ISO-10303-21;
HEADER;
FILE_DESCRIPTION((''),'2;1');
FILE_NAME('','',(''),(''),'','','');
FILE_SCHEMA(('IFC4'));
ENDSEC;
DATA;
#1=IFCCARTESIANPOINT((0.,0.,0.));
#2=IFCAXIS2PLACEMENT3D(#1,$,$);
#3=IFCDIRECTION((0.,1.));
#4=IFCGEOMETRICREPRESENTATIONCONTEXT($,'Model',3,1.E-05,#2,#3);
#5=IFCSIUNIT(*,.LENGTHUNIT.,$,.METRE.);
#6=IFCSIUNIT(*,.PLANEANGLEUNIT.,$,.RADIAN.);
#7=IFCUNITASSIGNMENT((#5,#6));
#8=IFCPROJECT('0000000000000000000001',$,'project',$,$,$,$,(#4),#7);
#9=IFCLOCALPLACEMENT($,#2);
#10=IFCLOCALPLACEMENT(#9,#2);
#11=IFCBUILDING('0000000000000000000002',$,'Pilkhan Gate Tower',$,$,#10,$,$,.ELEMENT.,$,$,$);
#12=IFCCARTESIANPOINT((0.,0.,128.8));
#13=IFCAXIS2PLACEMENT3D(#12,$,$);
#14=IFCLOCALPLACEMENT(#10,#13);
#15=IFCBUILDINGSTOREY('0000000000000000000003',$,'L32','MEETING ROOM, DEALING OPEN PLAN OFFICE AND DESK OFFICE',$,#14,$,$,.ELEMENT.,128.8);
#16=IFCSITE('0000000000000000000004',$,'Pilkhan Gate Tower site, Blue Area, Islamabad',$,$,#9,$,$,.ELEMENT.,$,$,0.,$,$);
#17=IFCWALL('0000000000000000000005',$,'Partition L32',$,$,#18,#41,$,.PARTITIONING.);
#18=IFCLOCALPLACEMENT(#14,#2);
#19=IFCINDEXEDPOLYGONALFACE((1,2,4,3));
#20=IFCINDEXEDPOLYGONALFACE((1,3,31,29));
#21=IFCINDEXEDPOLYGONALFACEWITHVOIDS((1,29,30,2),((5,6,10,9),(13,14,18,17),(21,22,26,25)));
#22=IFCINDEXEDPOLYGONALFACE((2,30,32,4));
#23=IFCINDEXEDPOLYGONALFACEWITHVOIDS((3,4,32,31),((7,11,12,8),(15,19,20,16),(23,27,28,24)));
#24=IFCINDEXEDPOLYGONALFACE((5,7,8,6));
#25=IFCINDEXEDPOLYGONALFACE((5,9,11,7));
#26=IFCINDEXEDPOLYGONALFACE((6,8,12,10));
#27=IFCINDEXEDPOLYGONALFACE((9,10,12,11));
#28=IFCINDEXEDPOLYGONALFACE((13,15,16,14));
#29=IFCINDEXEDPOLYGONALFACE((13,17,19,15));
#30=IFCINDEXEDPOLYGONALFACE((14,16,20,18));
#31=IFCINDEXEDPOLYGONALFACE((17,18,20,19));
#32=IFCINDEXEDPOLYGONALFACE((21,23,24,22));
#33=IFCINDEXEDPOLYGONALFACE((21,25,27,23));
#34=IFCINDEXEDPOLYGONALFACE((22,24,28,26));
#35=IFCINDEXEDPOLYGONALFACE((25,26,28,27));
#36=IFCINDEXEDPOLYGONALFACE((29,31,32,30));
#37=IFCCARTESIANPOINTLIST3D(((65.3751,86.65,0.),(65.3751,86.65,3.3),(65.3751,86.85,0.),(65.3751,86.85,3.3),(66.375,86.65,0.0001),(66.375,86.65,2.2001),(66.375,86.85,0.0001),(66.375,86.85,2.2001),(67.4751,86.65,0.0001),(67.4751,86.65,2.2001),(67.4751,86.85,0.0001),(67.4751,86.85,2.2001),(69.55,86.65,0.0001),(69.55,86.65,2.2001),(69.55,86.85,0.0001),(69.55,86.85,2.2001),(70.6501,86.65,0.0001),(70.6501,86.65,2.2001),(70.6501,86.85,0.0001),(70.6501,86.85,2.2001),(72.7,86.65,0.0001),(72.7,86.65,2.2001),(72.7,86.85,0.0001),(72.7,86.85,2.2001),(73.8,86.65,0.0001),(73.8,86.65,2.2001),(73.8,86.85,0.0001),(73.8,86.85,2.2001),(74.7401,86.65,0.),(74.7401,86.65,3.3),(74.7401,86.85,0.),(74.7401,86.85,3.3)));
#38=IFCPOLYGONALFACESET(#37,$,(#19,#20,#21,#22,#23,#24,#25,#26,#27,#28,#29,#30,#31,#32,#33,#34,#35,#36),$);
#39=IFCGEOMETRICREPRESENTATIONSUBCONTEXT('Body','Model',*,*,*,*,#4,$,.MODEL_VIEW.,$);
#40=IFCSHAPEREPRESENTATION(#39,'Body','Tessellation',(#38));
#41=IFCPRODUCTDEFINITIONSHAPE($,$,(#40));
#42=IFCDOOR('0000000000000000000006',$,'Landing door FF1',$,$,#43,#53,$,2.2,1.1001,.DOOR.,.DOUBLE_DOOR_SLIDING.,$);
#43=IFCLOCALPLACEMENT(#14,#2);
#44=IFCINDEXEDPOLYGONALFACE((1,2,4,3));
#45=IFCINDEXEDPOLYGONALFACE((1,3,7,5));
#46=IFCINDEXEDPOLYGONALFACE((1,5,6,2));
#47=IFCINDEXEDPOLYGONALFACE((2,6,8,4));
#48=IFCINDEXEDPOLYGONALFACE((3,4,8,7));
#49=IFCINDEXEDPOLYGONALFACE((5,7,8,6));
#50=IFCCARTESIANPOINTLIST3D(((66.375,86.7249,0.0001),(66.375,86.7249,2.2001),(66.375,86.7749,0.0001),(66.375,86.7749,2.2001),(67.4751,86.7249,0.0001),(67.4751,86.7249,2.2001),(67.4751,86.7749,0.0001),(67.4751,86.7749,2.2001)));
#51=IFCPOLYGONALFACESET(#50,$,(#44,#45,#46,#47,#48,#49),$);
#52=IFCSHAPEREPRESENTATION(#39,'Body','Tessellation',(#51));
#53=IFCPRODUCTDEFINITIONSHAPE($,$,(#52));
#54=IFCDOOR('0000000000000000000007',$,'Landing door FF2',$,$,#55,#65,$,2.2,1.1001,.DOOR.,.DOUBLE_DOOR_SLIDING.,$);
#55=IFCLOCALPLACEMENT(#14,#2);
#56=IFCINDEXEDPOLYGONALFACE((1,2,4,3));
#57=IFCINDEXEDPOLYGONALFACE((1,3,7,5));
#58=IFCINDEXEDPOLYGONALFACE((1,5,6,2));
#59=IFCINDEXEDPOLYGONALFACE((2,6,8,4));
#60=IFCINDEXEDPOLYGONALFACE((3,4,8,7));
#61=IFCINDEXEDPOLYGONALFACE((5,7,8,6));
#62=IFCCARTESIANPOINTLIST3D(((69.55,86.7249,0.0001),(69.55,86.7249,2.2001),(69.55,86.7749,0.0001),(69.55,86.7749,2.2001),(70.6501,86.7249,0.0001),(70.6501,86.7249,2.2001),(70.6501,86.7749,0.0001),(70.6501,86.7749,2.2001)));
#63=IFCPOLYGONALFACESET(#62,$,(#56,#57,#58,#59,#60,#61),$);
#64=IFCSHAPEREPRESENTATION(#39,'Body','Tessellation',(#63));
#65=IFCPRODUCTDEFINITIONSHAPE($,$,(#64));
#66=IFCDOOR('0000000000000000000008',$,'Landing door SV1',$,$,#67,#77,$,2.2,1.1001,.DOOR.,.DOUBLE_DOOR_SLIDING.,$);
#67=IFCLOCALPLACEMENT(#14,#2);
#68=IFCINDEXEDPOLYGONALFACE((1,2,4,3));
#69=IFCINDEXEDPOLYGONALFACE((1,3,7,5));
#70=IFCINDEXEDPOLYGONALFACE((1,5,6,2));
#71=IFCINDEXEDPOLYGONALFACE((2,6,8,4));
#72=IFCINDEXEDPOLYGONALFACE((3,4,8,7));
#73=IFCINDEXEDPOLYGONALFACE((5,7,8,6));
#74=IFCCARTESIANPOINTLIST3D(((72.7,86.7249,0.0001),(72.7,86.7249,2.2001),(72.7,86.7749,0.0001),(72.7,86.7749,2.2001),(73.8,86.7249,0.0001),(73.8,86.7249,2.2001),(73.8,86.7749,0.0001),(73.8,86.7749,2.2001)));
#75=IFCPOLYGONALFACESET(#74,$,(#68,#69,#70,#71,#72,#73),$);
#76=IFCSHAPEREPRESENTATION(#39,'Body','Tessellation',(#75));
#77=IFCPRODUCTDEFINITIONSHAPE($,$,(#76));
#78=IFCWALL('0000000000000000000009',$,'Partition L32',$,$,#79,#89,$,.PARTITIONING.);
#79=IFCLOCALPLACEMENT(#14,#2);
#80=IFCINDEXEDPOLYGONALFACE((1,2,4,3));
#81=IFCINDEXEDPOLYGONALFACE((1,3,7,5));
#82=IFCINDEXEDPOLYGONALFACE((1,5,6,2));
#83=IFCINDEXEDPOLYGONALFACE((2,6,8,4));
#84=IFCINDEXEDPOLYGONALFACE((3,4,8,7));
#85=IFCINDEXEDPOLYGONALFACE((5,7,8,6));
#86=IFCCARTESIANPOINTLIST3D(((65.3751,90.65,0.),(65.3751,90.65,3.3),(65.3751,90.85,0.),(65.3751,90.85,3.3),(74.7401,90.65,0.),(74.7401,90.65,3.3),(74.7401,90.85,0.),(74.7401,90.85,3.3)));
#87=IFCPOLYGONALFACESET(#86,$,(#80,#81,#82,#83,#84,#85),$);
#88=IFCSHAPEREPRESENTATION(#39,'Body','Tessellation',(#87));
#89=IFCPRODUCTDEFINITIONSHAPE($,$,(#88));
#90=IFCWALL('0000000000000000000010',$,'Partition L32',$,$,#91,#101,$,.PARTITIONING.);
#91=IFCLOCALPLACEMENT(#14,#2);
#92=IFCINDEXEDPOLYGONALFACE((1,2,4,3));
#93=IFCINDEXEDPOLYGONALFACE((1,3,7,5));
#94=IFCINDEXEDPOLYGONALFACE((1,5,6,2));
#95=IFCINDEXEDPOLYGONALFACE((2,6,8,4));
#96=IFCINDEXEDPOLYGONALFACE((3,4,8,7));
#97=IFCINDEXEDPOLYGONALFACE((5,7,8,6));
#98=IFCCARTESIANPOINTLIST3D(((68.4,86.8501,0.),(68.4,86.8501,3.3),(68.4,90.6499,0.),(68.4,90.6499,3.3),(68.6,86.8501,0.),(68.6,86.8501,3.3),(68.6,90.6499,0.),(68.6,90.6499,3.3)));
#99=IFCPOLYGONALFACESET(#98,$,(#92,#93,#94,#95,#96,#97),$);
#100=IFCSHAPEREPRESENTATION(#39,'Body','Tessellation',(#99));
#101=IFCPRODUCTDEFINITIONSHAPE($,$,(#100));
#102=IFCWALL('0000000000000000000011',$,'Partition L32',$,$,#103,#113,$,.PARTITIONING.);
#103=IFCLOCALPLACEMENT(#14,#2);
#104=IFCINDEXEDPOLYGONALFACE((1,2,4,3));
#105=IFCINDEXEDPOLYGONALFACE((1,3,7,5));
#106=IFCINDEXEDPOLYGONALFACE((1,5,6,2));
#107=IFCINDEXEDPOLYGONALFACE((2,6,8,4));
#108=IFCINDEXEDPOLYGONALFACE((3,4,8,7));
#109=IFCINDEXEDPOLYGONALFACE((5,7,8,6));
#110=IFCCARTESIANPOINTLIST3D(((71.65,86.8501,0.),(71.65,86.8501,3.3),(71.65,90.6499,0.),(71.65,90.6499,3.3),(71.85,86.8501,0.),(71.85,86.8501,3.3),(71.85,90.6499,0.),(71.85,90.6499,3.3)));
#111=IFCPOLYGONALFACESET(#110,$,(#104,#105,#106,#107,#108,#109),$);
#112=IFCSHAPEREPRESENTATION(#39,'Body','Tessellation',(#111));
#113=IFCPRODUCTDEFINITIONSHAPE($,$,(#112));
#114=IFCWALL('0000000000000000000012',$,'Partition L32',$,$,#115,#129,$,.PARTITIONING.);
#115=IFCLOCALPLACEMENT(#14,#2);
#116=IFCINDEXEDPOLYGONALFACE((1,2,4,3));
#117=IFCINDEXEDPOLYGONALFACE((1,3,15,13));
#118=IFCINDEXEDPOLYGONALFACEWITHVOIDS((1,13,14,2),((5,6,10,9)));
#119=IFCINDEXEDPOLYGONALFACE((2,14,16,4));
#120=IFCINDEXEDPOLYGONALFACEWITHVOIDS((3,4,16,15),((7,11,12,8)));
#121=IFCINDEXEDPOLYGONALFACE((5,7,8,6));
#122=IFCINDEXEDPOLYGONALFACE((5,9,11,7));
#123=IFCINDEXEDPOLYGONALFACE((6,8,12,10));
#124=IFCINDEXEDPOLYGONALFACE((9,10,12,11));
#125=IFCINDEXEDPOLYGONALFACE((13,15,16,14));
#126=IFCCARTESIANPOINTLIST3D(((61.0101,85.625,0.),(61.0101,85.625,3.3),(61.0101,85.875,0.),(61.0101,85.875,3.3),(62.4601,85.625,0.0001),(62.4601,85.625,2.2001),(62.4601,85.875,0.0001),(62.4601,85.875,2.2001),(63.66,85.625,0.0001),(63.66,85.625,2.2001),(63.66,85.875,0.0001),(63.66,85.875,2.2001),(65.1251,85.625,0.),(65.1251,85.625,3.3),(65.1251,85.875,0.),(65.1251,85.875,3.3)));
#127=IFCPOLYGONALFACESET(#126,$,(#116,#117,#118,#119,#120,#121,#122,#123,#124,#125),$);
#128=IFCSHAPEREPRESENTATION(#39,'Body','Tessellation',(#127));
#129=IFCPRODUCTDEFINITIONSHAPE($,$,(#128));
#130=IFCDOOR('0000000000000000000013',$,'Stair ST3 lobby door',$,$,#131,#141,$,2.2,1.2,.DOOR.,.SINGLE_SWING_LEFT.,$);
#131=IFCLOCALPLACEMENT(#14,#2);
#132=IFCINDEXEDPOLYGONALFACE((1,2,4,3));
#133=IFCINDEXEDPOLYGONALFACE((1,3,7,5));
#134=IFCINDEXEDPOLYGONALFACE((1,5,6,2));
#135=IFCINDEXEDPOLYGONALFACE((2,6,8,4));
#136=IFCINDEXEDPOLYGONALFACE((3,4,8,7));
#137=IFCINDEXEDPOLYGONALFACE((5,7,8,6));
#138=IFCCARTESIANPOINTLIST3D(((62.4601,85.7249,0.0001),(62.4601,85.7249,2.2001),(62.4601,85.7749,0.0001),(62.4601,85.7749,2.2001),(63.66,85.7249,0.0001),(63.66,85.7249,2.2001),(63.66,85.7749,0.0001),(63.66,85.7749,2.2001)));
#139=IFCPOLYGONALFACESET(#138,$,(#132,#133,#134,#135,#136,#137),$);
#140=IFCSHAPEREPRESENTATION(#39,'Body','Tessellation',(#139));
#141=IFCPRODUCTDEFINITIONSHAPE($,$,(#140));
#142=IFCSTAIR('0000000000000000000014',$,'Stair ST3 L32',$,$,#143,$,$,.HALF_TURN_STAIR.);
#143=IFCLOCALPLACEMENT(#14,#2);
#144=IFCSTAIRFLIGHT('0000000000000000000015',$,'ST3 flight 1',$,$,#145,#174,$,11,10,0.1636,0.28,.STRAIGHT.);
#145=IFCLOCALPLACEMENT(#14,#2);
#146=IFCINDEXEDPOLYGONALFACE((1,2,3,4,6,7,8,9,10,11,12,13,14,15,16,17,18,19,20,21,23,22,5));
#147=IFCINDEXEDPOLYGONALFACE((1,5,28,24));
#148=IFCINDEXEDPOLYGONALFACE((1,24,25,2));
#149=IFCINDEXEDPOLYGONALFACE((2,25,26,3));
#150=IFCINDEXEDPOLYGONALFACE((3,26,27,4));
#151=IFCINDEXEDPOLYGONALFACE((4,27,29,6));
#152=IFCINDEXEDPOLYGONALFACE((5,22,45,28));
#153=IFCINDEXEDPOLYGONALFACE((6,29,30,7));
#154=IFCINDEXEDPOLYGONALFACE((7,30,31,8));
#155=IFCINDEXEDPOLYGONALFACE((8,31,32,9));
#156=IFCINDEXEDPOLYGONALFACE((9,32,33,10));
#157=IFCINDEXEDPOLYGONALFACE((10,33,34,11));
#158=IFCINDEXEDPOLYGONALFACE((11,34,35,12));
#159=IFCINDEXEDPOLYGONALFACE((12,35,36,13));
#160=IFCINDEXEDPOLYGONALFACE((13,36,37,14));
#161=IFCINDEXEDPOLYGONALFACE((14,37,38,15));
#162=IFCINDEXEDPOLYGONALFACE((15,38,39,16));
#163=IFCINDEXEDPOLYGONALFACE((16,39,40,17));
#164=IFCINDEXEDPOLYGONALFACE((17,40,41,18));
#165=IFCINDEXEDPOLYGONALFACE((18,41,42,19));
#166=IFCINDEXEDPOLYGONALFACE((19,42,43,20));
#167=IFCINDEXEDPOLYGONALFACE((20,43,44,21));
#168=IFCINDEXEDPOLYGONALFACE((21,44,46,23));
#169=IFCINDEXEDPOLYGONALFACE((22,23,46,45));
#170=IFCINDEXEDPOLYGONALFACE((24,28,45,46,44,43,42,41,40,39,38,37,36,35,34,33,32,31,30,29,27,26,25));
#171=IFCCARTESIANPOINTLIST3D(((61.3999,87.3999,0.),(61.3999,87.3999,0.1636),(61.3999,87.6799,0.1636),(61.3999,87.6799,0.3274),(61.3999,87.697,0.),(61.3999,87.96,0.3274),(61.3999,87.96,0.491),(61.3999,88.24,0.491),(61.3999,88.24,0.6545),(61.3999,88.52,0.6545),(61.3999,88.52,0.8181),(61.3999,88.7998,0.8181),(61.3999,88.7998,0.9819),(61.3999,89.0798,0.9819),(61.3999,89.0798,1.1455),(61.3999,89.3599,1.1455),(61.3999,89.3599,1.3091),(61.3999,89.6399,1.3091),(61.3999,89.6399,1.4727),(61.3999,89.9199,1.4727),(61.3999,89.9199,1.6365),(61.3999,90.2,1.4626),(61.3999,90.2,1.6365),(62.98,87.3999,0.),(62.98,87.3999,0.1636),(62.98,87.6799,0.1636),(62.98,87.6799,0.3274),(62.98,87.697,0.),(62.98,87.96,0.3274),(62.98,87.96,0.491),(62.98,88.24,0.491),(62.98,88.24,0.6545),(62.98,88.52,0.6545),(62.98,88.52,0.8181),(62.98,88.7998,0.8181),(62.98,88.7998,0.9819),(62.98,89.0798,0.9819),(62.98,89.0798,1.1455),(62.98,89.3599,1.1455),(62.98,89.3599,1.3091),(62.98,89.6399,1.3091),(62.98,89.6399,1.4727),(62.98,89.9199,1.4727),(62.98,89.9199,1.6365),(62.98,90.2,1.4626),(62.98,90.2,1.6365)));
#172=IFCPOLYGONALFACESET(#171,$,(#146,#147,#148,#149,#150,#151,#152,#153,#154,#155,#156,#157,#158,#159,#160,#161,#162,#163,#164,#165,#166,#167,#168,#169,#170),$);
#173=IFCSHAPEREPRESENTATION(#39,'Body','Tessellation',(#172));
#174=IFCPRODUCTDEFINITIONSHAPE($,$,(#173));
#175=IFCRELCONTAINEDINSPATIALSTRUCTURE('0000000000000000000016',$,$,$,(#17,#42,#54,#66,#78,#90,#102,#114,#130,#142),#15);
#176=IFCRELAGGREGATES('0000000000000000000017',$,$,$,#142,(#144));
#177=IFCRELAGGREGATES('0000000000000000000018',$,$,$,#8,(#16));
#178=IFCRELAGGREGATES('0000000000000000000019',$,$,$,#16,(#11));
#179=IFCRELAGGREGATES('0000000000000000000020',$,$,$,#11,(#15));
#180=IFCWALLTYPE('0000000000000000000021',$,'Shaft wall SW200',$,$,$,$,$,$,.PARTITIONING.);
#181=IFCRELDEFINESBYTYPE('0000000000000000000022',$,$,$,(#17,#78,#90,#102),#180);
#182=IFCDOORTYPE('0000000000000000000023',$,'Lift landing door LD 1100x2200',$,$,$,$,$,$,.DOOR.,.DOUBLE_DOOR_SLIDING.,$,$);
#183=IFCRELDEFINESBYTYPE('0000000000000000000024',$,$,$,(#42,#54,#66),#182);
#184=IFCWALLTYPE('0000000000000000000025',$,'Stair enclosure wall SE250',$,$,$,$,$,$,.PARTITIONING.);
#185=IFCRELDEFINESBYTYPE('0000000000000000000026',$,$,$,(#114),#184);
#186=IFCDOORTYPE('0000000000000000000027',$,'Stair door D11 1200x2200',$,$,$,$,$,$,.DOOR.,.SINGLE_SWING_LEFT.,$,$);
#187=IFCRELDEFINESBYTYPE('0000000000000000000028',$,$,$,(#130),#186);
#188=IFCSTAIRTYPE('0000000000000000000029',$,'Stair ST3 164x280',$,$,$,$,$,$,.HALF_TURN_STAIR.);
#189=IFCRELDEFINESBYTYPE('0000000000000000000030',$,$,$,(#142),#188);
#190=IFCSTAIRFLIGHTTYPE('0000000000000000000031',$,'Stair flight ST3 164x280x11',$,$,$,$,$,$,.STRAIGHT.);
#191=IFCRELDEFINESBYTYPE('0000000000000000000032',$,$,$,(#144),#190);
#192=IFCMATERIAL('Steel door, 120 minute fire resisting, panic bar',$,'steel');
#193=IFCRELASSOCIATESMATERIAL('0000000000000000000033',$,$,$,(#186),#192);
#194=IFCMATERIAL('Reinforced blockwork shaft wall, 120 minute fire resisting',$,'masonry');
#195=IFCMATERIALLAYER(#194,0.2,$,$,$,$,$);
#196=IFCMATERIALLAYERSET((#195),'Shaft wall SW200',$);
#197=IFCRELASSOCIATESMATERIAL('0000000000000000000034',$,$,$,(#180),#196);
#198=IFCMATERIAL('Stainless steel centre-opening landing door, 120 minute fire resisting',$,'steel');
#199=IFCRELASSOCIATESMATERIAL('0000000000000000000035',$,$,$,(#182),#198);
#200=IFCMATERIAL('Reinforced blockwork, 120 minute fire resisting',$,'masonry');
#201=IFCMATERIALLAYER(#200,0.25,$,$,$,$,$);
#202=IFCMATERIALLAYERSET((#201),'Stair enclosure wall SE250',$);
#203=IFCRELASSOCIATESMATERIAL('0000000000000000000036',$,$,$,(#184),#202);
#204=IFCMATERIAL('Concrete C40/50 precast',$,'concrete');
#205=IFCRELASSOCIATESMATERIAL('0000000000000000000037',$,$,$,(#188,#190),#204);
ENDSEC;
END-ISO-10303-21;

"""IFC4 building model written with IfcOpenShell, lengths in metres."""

from ifc_helpers import new_model, si_unit, direction, frame, frame_2d, origin, place, context, subcontext, project, spatial, polyline, rectangle, outline, extrude, material, layer, layer_set, type_object, element, fill, aggregate, save


model = new_model("IFC4")

# Units and contexts
model_context = context("Model", 3, precision=1e-05, world=origin(), true_north=direction((0.0, 1.0)))
body_context = subcontext(model_context, "Body", "Model", "MODEL_VIEW")
ifc_project = project(units=[si_unit("LENGTHUNIT", "METRE"), si_unit("PLANEANGLEUNIT", "RADIAN")], contexts=[model_context])

# Site, building, storey
site_placement = place(None, origin())
site = spatial("IfcSite", under=ifc_project, at=site_placement, Name="Pilkhan Gate Tower site, Blue Area, Islamabad", CompositionType="ELEMENT", RefElevation=0.0)
building_placement = place(site_placement, origin())
building = spatial("IfcBuilding", under=site, at=building_placement, Name="Pilkhan Gate Tower", CompositionType="ELEMENT")
storey_placement = place(building_placement, frame((0.0, 0.0, 128.8)))
storey = spatial("IfcBuildingStorey", under=building, at=storey_placement, Name="L32", Description="MEETING ROOM, DEALING OPEN PLAN OFFICE AND DESK OFFICE", CompositionType="ELEMENT", Elevation=128.8)

# Wall, openings, doors
ifc_material_1 = material(Name="Steel door, 120 minute fire resisting, panic bar", Category="steel")
door_type_1 = type_object("IfcDoorType", Name="Stair door D11 1200x2200", OperationType="SINGLE_SWING_LEFT", PredefinedType="DOOR", material=ifc_material_1)
ifc_material_2 = material(Name="Reinforced blockwork shaft wall, 120 minute fire resisting", Category="masonry")
ifc_layer_1 = layer(ifc_material_2, 0.2)
ifc_layer_set_1 = layer_set([ifc_layer_1], Name="Shaft wall SW200")
wall_type_1 = type_object("IfcWallType", Name="Shaft wall SW200", PredefinedType="PARTITIONING", material=ifc_layer_set_1)
wall_1_placement = place(storey_placement, frame((65.375, 86.75, 0.0), z_axis=(0.0, 0.0, 1.0), x_axis=(1.0, 0.0, 0.0)))
wall_1 = element("IfcWall", 1, at=wall_1_placement, inside=storey, type_object=wall_type_1, Name="Partition L32", PredefinedType="PARTITIONING", context=body_context, shape_type="SweptSolid", body=[
    extrude(rectangle(XDim=9.365, YDim=0.2, at=frame_2d((4.6826, 0.0))), origin(), (0.0, 0.0, 1.0), 3.3),
])
opening_1_placement = place(wall_1_placement, frame((1.0, 0.0, 0.0)))
opening_1 = element("IfcOpeningElement", 2, at=opening_1_placement, cuts=wall_1, PredefinedType="OPENING", context=body_context, shape_type="SweptSolid", body=[
    extrude(rectangle(XDim=1.1001, YDim=2.2, at=frame_2d((0.55, 1.1001))), frame((0.0, 0.1099, 0.0), z_axis=(0.0, -1.0, 0.0), x_axis=(1.0, 0.0, 0.0)), (0.0, 0.0, 1.0), 0.22),
])
opening_2_placement = place(wall_1_placement, frame((4.175, 0.0, 0.0)))
opening_2 = element("IfcOpeningElement", 3, at=opening_2_placement, cuts=wall_1, PredefinedType="OPENING", context=body_context, shape_type="SweptSolid", body=[
    extrude(rectangle(XDim=1.1001, YDim=2.2, at=frame_2d((0.55, 1.1001))), frame((0.0, 0.1099, 0.0), z_axis=(0.0, -1.0, 0.0), x_axis=(1.0, 0.0, 0.0)), (0.0, 0.0, 1.0), 0.22),
])
opening_3_placement = place(wall_1_placement, frame((7.325, 0.0, 0.0)))
opening_3 = element("IfcOpeningElement", 4, at=opening_3_placement, cuts=wall_1, PredefinedType="OPENING", context=body_context, shape_type="SweptSolid", body=[
    extrude(rectangle(XDim=1.1001, YDim=2.2, at=frame_2d((0.55, 1.1001))), frame((0.0, 0.1099, 0.0), z_axis=(0.0, -1.0, 0.0), x_axis=(1.0, 0.0, 0.0)), (0.0, 0.0, 1.0), 0.22),
])
ifc_material_3 = material(Name="Stainless steel centre-opening landing door, 120 minute fire resisting", Category="steel")
door_type_2 = type_object("IfcDoorType", Name="Lift landing door LD 1100x2200", OperationType="DOUBLE_DOOR_SLIDING", PredefinedType="DOOR", material=ifc_material_3)
door_1_placement = place(opening_1_placement, origin())
door_1 = element("IfcDoor", 5, at=door_1_placement, inside=storey, type_object=door_type_2, Name="Landing door FF1", OperationType="DOUBLE_DOOR_SLIDING", OverallHeight=2.2, OverallWidth=1.1001, PredefinedType="DOOR", context=body_context, shape_type="SweptSolid", body=[
    extrude(rectangle(XDim=1.1001, YDim=2.2, at=frame_2d((0.55, 1.1001))), frame((0.0, 0.0249, 0.0), z_axis=(0.0, -1.0, 0.0), x_axis=(1.0, 0.0, 0.0)), (0.0, 0.0, 1.0), 0.05),
])
fill(opening_1, door_1)
door_2_placement = place(opening_2_placement, origin())
door_2 = element("IfcDoor", 6, at=door_2_placement, inside=storey, type_object=door_type_2, Name="Landing door FF2", OperationType="DOUBLE_DOOR_SLIDING", OverallHeight=2.2, OverallWidth=1.1001, PredefinedType="DOOR", context=body_context, shape_type="SweptSolid", body=[
    extrude(rectangle(XDim=1.1001, YDim=2.2, at=frame_2d((0.55, 1.1001))), frame((0.0, 0.0249, 0.0), z_axis=(0.0, -1.0, 0.0), x_axis=(1.0, 0.0, 0.0)), (0.0, 0.0, 1.0), 0.05),
])
fill(opening_2, door_2)
door_3_placement = place(opening_3_placement, origin())
door_3 = element("IfcDoor", 7, at=door_3_placement, inside=storey, type_object=door_type_2, Name="Landing door SV1", OperationType="DOUBLE_DOOR_SLIDING", OverallHeight=2.2, OverallWidth=1.1001, PredefinedType="DOOR", context=body_context, shape_type="SweptSolid", body=[
    extrude(rectangle(XDim=1.1001, YDim=2.2, at=frame_2d((0.55, 1.1001))), frame((0.0, 0.0249, 0.0), z_axis=(0.0, -1.0, 0.0), x_axis=(1.0, 0.0, 0.0)), (0.0, 0.0, 1.0), 0.05),
])
fill(opening_3, door_3)

# Walls
wall_2_placement = place(storey_placement, frame((65.375, 90.75, 0.0), z_axis=(0.0, 0.0, 1.0), x_axis=(1.0, 0.0, 0.0)))
element("IfcWall", 8, at=wall_2_placement, inside=storey, type_object=wall_type_1, Name="Partition L32", PredefinedType="PARTITIONING", context=body_context, shape_type="SweptSolid", body=[
    extrude(rectangle(XDim=9.365, YDim=0.2, at=frame_2d((4.6826, 0.0))), origin(), (0.0, 0.0, 1.0), 3.3),
])
for number, where, z_axis, x_axis, name in (
    (9, (68.5, 86.8501, 0.0), (0.0, 0.0, 1.0), (0.0, 1.0, 0.0), "Partition L32"),
    (10, (71.75, 86.8501, 0.0), (0.0, 0.0, 1.0), (0.0, 1.0, 0.0), "Partition L32"),
):
    element("IfcWall", number, at=place(storey_placement, frame(where, z_axis=z_axis, x_axis=x_axis)), inside=storey, type_object=wall_type_1, Name=name, PredefinedType="PARTITIONING", context=body_context, shape_type="SweptSolid", body=[
        extrude(rectangle(XDim=3.7998, YDim=0.2, at=frame_2d((1.8999, 0.0))), origin(), (0.0, 0.0, 1.0), 3.3),
    ])

# Wall, opening, door
ifc_material_4 = material(Name="Reinforced blockwork, 120 minute fire resisting", Category="masonry")
ifc_layer_2 = layer(ifc_material_4, 0.25)
ifc_layer_set_2 = layer_set([ifc_layer_2], Name="Stair enclosure wall SE250")
wall_type_2 = type_object("IfcWallType", Name="Stair enclosure wall SE250", PredefinedType="PARTITIONING", material=ifc_layer_set_2)
wall_3_placement = place(storey_placement, frame((61.01, 85.75, 0.0), z_axis=(0.0, 0.0, 1.0), x_axis=(1.0, 0.0, 0.0)))
wall_3 = element("IfcWall", 11, at=wall_3_placement, inside=storey, type_object=wall_type_2, Name="Partition L32", PredefinedType="PARTITIONING", context=body_context, shape_type="SweptSolid", body=[
    extrude(rectangle(XDim=4.115, YDim=0.25, at=frame_2d((2.0576, 0.0))), origin(), (0.0, 0.0, 1.0), 3.3),
])
opening_4_placement = place(wall_3_placement, frame((1.45, 0.0, 0.0)))
opening_4 = element("IfcOpeningElement", 12, at=opening_4_placement, cuts=wall_3, PredefinedType="OPENING", context=body_context, shape_type="SweptSolid", body=[
    extrude(rectangle(XDim=1.2, YDim=2.2, at=frame_2d((0.6001, 1.1001))), frame((0.0, 0.135, 0.0), z_axis=(0.0, -1.0, 0.0), x_axis=(1.0, 0.0, 0.0)), (0.0, 0.0, 1.0), 0.27),
])
door_4_placement = place(opening_4_placement, origin())
door_4 = element("IfcDoor", 13, at=door_4_placement, inside=storey, type_object=door_type_1, Name="Stair ST3 lobby door", OperationType="SINGLE_SWING_LEFT", OverallHeight=2.2, OverallWidth=1.2, PredefinedType="DOOR", context=body_context, shape_type="SweptSolid", body=[
    extrude(rectangle(XDim=1.2, YDim=2.2, at=frame_2d((0.6001, 1.1001))), frame((0.0, 0.0249, 0.0), z_axis=(0.0, -1.0, 0.0), x_axis=(1.0, 0.0, 0.0)), (0.0, 0.0, 1.0), 0.05),
])
fill(opening_4, door_4)

# Stair, stair flight
ifc_material_5 = material(Name="Concrete C40/50 precast", Category="concrete")
stair_type = type_object("IfcStairType", Name="Stair ST3 164x280", PredefinedType="HALF_TURN_STAIR", material=ifc_material_5)
stair_placement = place(storey_placement, origin())
stair = element("IfcStair", 14, at=stair_placement, inside=storey, type_object=stair_type, Name="Stair ST3 L32", PredefinedType="HALF_TURN_STAIR")
stair_flight_type = type_object("IfcStairFlightType", Name="Stair flight ST3 164x280x11", PredefinedType="STRAIGHT", material=ifc_material_5)
stair_flight_1_placement = place(storey_placement, frame((62.1899, 87.3999, 0.0), z_axis=(0.0, 0.0, 1.0), x_axis=(0.0, 1.0, 0.0)))
stair_flight_1 = element("IfcStairFlight", 15, at=stair_flight_1_placement, type_object=stair_flight_type, Name="ST3 flight 1", NumberOfRisers=11, NumberOfTreads=10, PredefinedType="STRAIGHT", RiserHeight=0.1636, TreadLength=0.28, context=body_context, shape_type="SweptSolid", body=[
    extrude(outline(polyline([(0.0, 0.0), (0.0, 0.1636), (0.28, 0.1636), (0.28, 0.3274), (0.5601, 0.3274), (0.5601, 0.491), (0.8401, 0.491), (0.8401, 0.6545), (1.1201, 0.6545), (1.1201, 0.8181), (1.3999, 0.8181), (1.3999, 0.9819), (1.6799, 0.9819), (1.6799, 1.1455), (1.96, 1.1455), (1.96, 1.3091), (2.24, 1.3091), (2.24, 1.4727), (2.52, 1.4727), (2.52, 1.6365), (2.8, 1.6365), (2.8, 1.8), (2.8, 1.4626), (0.2971, 0.0), (0.0, 0.0)])), frame((0.0, 0.79, 0.0), z_axis=(0.0, -1.0, 0.0), x_axis=(1.0, 0.0, 0.0)), (0.0, 0.0, 1.0), 1.5801),
])
aggregate(stair, [stair_flight_1])

save(model, "model.ifc")
